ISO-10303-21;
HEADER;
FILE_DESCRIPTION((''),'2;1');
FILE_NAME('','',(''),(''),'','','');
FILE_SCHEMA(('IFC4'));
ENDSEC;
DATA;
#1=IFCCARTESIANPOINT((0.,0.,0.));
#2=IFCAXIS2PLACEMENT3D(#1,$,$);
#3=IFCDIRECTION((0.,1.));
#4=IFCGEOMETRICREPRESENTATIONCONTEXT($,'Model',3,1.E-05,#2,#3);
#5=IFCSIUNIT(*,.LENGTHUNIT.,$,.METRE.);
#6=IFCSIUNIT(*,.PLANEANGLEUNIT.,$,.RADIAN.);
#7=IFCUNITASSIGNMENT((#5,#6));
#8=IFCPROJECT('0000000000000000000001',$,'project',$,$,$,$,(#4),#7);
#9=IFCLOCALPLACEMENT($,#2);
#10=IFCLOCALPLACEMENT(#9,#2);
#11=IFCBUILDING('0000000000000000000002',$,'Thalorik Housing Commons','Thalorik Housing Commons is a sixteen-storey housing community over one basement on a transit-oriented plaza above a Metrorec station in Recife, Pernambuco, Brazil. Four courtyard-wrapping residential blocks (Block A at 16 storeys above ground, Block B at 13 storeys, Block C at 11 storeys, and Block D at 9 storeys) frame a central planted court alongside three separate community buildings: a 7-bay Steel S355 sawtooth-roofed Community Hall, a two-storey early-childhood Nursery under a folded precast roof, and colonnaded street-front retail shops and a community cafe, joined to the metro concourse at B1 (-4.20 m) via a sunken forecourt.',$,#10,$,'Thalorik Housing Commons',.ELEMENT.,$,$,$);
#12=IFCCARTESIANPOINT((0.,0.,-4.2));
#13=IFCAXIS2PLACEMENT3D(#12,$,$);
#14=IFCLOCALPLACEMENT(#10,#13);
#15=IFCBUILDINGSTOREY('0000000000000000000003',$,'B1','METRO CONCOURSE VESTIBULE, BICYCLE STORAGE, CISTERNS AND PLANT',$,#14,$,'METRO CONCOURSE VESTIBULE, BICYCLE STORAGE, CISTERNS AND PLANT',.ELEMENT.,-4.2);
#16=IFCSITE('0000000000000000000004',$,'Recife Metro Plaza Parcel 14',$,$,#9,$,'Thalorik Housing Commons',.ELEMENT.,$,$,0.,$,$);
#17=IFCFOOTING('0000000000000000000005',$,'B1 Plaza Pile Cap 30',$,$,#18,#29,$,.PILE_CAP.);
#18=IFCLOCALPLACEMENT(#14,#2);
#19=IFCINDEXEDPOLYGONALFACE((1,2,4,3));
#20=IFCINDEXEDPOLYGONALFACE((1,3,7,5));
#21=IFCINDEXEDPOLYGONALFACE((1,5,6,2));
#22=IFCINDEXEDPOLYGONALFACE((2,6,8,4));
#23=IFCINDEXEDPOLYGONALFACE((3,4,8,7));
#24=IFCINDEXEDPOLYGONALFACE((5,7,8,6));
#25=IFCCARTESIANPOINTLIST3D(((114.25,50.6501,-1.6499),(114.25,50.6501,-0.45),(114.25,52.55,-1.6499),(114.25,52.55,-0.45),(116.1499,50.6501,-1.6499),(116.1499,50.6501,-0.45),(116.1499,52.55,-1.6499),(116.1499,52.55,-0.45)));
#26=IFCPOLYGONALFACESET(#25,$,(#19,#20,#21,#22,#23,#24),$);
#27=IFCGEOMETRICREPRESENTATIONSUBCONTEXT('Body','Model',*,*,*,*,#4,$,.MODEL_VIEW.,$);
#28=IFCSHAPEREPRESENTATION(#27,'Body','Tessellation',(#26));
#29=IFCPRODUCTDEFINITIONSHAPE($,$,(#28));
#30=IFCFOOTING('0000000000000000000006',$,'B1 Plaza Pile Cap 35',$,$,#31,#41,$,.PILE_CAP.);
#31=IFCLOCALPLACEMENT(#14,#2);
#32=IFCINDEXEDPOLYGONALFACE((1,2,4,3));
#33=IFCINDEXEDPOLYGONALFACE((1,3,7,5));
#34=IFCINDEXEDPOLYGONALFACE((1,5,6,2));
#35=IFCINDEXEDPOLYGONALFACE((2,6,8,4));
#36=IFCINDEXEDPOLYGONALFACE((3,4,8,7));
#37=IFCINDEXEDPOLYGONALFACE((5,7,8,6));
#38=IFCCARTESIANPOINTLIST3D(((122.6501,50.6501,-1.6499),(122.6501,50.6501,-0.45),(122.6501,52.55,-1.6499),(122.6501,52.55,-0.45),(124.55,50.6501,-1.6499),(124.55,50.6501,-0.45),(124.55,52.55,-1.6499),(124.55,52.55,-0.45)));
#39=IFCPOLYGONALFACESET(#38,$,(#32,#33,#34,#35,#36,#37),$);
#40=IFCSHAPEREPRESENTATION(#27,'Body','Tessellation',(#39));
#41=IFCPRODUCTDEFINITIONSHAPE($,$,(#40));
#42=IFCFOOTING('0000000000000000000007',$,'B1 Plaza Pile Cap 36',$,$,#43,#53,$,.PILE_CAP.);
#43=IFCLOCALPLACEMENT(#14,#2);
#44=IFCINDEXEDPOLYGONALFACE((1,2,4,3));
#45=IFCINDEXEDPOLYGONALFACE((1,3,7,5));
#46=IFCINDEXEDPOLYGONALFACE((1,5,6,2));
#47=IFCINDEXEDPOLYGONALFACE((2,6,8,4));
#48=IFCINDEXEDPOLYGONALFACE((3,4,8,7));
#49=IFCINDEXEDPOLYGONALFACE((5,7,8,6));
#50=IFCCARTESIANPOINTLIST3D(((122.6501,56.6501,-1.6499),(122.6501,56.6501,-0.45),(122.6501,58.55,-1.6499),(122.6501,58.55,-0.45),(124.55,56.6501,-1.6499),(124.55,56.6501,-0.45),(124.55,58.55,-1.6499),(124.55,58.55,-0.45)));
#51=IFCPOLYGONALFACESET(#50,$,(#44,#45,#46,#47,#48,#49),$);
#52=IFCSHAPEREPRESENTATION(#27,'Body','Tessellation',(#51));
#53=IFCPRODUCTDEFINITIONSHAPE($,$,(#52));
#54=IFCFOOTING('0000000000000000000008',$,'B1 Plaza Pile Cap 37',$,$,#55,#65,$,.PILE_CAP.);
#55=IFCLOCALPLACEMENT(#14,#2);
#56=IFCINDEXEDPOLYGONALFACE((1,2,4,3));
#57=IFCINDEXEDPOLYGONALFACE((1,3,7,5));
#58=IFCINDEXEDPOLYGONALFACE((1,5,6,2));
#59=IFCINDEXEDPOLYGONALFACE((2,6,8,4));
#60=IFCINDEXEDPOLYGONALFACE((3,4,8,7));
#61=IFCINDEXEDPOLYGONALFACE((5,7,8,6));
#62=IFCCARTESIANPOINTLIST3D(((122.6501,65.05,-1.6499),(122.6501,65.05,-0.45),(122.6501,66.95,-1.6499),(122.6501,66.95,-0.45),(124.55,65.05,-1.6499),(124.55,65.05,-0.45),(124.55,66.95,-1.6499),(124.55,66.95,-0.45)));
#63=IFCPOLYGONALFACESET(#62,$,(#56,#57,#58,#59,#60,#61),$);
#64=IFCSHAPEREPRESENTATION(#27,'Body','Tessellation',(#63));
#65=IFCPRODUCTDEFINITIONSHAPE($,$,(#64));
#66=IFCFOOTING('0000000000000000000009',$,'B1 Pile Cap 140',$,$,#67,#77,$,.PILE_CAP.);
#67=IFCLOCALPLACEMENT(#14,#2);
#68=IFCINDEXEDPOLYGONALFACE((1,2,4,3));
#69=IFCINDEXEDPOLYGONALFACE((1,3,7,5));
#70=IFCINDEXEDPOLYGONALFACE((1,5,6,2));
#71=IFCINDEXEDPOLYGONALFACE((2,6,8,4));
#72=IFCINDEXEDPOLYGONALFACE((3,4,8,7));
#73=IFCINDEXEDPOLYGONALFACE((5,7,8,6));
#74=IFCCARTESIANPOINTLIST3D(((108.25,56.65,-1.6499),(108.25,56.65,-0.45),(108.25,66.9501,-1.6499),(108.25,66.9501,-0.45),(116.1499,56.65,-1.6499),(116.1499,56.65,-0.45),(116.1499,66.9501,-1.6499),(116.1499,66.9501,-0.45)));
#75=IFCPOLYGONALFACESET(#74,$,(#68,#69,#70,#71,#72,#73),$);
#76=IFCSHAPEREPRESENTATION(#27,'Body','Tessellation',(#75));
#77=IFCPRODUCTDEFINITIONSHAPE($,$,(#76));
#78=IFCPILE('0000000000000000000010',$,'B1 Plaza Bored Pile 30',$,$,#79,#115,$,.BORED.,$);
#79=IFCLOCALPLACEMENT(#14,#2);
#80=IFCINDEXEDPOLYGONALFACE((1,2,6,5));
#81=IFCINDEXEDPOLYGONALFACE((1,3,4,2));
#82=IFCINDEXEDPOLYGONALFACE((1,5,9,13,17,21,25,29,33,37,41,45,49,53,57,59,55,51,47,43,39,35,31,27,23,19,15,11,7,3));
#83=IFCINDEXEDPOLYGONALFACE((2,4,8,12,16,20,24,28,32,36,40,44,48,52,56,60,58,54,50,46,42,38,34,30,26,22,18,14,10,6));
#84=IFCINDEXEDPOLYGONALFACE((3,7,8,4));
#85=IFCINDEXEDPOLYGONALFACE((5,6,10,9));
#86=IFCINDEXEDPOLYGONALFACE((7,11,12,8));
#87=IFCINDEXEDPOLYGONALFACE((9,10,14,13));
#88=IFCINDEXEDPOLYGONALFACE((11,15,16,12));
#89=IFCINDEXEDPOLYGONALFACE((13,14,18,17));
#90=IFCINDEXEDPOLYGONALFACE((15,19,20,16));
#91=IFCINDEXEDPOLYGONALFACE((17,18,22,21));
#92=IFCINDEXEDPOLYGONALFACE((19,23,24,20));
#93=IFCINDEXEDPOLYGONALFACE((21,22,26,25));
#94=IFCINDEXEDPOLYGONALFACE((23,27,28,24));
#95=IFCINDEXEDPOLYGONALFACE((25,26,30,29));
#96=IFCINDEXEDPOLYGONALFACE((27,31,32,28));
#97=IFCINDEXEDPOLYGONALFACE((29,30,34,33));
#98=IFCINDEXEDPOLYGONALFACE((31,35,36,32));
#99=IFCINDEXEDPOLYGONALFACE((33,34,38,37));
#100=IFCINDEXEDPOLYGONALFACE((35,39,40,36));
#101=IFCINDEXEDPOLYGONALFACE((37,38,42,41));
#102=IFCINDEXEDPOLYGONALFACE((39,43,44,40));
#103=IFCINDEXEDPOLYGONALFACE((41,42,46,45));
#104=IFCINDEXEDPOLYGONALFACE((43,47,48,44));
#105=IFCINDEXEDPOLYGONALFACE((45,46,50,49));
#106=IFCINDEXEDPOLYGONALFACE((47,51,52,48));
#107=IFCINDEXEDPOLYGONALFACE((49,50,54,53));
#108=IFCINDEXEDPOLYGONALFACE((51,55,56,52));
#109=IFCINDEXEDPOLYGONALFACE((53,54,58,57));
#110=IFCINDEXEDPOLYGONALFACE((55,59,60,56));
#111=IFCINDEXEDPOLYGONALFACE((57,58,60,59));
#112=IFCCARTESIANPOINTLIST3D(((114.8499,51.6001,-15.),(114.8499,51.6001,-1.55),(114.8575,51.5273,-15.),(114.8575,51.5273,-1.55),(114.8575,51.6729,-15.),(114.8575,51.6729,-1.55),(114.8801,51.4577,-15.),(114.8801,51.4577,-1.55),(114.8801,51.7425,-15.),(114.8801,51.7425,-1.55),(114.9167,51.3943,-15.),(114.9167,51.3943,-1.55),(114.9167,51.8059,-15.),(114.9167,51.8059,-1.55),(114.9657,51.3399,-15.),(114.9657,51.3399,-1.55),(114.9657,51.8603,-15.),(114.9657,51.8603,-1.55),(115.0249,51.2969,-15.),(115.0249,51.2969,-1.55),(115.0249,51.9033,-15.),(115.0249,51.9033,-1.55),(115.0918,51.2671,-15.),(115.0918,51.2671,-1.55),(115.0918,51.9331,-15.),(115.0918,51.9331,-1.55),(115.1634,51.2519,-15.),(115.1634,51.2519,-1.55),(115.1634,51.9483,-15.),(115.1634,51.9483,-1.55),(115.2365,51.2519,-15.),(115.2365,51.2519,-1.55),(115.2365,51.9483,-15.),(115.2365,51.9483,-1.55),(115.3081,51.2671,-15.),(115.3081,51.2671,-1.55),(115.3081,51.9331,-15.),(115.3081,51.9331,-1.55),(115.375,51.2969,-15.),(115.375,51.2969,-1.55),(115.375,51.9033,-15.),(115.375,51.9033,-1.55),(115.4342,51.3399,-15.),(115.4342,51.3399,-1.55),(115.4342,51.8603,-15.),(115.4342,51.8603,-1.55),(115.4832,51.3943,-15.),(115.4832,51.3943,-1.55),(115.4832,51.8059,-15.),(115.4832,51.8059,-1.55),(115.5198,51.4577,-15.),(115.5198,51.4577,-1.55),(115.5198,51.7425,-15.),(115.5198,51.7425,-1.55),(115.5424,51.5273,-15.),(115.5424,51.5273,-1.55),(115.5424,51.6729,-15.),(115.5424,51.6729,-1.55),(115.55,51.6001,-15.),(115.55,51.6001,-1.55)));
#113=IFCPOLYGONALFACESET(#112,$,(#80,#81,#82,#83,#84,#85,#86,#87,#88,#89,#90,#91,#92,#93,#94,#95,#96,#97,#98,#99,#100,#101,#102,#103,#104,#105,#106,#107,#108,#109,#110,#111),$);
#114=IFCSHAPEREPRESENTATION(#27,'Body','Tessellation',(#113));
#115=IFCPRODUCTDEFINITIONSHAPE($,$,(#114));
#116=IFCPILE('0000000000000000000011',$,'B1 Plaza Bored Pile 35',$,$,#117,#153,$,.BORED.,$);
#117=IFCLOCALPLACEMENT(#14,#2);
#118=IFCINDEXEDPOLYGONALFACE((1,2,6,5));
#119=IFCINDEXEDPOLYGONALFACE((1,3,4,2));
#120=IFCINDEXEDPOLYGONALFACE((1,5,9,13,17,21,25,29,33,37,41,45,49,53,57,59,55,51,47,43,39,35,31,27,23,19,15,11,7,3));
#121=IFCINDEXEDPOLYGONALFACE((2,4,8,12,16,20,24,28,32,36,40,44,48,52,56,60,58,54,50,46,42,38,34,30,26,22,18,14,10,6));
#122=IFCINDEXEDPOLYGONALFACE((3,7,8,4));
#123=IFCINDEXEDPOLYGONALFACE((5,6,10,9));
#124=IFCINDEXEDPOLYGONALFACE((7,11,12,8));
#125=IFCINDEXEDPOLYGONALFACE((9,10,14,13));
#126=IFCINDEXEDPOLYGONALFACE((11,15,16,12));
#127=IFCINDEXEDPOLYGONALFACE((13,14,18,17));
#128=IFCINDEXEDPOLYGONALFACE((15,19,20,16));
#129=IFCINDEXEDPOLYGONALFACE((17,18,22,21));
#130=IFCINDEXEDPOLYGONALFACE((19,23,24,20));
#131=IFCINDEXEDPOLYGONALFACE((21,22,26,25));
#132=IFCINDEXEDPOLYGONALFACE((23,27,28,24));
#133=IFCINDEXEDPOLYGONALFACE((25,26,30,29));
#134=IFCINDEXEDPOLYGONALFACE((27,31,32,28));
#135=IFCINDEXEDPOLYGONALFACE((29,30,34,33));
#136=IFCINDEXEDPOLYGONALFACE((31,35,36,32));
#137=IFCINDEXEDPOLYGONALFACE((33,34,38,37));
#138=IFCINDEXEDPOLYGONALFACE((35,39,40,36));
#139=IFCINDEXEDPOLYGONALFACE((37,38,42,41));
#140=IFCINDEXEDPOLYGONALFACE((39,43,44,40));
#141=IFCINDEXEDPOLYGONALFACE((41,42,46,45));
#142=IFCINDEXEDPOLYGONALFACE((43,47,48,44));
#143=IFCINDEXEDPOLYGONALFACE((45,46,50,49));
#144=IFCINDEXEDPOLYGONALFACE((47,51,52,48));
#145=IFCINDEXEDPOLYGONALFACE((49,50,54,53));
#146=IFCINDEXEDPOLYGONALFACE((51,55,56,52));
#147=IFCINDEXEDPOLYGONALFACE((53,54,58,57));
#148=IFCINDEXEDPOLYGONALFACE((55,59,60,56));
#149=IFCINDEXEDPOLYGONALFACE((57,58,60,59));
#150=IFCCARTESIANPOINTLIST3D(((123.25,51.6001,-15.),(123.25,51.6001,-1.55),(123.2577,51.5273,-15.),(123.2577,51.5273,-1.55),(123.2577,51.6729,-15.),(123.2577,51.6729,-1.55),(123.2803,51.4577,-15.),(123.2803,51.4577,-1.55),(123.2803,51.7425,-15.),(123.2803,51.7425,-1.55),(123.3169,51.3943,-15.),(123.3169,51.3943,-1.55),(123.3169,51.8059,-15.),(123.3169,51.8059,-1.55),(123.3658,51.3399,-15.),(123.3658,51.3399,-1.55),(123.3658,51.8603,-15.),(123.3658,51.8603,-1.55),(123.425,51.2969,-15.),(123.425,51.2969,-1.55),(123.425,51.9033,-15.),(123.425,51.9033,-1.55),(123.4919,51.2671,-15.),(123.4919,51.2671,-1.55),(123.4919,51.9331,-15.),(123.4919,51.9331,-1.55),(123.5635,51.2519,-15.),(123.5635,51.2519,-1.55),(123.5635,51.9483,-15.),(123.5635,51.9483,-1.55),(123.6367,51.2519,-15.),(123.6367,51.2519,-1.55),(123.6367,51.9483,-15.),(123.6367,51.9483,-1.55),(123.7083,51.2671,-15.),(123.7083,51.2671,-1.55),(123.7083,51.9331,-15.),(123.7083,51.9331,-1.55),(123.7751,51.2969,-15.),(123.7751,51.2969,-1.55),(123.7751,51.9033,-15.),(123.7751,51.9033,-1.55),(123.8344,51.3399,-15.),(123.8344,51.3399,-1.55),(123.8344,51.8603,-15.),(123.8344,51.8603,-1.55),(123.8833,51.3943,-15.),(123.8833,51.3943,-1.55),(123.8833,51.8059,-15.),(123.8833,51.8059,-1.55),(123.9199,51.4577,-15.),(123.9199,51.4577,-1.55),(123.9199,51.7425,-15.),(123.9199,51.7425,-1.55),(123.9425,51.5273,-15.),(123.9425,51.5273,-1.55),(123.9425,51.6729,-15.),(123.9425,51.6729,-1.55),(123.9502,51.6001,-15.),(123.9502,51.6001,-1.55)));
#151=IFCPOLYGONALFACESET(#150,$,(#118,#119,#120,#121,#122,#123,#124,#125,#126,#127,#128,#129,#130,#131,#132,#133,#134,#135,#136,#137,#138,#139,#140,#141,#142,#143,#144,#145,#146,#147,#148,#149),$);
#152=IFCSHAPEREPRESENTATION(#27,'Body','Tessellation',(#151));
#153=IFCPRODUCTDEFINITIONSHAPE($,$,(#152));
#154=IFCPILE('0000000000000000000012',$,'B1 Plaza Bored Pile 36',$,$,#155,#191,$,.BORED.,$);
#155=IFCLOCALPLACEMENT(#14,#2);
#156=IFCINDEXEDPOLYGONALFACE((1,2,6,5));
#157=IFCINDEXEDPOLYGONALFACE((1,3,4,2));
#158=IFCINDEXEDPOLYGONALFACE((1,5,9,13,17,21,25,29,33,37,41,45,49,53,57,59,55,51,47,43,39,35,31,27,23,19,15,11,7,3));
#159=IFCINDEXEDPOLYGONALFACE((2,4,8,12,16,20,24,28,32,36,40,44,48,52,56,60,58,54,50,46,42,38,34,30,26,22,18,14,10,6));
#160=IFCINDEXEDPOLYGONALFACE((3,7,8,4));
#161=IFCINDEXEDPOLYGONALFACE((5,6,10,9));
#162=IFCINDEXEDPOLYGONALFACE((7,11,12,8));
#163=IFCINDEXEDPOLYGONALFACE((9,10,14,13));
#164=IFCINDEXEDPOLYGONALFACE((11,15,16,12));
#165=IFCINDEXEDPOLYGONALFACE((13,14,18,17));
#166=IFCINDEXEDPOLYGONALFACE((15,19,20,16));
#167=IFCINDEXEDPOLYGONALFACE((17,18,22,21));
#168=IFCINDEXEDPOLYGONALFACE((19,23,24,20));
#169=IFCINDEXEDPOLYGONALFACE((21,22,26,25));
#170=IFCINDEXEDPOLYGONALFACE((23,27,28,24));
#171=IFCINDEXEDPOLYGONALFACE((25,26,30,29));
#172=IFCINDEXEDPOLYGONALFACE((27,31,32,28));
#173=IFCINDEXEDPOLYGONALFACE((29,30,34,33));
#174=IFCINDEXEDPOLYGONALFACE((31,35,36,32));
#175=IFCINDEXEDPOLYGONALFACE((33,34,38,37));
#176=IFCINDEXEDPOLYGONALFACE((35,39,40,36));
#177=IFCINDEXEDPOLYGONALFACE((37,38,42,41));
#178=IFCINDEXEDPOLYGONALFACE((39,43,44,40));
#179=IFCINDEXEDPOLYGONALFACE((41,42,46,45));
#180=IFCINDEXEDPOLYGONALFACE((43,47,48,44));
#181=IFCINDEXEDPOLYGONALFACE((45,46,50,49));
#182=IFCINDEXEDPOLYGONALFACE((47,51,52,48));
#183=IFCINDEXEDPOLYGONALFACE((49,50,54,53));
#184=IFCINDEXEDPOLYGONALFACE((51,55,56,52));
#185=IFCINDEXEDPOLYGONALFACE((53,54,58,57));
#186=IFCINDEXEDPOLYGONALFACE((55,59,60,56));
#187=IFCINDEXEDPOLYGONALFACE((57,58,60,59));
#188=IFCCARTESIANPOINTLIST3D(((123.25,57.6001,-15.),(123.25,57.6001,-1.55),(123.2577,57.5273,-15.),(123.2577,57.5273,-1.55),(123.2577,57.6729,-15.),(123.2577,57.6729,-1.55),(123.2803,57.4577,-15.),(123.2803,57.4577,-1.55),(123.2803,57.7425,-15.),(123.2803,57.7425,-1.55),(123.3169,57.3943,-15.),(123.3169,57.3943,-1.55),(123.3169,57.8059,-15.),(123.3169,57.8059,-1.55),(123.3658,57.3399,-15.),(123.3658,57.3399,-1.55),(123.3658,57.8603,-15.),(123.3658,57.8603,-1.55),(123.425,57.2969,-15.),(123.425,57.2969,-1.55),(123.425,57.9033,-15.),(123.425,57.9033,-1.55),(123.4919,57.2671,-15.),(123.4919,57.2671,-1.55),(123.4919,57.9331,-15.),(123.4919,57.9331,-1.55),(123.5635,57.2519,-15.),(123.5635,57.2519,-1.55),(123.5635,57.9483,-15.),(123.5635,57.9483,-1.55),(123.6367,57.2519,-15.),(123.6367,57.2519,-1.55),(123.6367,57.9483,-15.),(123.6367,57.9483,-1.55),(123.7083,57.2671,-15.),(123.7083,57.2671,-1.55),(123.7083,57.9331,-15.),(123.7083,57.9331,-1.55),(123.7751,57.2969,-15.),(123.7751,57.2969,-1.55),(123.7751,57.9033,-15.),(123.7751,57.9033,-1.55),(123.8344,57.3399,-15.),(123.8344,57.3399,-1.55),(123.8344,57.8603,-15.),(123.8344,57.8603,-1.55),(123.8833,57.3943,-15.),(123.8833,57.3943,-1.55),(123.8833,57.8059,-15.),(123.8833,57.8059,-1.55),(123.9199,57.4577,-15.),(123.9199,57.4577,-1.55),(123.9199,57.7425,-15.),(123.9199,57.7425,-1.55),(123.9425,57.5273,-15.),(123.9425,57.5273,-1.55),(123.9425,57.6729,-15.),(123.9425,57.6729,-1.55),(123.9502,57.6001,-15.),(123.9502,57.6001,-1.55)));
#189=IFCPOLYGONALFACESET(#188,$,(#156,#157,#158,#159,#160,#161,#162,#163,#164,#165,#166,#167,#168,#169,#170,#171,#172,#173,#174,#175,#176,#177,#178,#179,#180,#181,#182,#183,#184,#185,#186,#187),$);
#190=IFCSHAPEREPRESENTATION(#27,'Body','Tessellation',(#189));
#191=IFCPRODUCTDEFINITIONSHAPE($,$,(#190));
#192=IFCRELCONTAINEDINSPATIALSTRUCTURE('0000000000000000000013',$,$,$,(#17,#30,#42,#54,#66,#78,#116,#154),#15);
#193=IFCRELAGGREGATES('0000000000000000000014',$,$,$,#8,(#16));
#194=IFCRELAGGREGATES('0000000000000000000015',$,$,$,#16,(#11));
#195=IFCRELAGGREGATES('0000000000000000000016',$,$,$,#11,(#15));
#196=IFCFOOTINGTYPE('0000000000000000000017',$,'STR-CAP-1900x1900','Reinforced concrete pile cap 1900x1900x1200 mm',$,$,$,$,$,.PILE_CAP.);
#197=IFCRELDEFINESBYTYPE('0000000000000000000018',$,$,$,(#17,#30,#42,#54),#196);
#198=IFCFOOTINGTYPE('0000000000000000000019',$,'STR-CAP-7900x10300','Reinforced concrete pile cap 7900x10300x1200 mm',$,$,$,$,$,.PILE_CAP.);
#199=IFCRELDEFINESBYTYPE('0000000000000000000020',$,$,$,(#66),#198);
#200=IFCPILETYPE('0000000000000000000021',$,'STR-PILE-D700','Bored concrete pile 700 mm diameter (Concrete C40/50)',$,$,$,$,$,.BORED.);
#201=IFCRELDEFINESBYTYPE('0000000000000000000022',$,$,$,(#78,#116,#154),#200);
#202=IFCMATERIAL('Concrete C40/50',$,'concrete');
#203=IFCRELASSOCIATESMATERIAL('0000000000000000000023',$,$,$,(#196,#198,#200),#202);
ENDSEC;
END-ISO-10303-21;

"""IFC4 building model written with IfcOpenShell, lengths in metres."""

from ifc_helpers import new_model, si_unit, direction, frame, origin, origin_2d, place, context, subcontext, project, spatial, rectangle, circle, extrude, material, material_profile, profile_set, type_object, element, save


model = new_model("IFC4")

# Units and contexts
model_context = context("Model", 3, precision=1e-05, world=origin(), true_north=direction((0.0, 1.0)))
body_context = subcontext(model_context, "Body", "Model", "MODEL_VIEW")
ifc_project = project(units=[si_unit("LENGTHUNIT", "METRE"), si_unit("PLANEANGLEUNIT", "RADIAN")], contexts=[model_context])

# Site, building, storey
site_placement = place(None, origin())
site = spatial("IfcSite", under=ifc_project, at=site_placement, Name="Recife Metro Plaza Parcel 14", LongName="Thalorik Housing Commons", CompositionType="ELEMENT", RefElevation=0.0)
building_placement = place(site_placement, origin())
building = spatial("IfcBuilding", under=site, at=building_placement, Name="Thalorik Housing Commons", Description="Thalorik Housing Commons is a sixteen-storey housing community over one basement on a transit-oriented plaza above a Metrorec station in Recife, Pernambuco, Brazil. Four courtyard-wrapping residential blocks (Block A at 16 storeys above ground, Block B at 13 storeys, Block C at 11 storeys, and Block D at 9 storeys) frame a central planted court alongside three separate community buildings: a 7-bay Steel S355 sawtooth-roofed Community Hall, a two-storey early-childhood Nursery under a folded precast roof, and colonnaded street-front retail shops and a community cafe, joined to the metro concourse at B1 (-4.20 m) via a sunken forecourt.", LongName="Thalorik Housing Commons", CompositionType="ELEMENT")
storey_placement = place(building_placement, frame((0.0, 0.0, -4.2)))
storey = spatial("IfcBuildingStorey", under=building, at=storey_placement, Name="B1", Description="METRO CONCOURSE VESTIBULE, BICYCLE STORAGE, CISTERNS AND PLANT", LongName="METRO CONCOURSE VESTIBULE, BICYCLE STORAGE, CISTERNS AND PLANT", CompositionType="ELEMENT", Elevation=-4.2)

# Footings
ifc_material_1 = material(Name="Concrete C40/50", Category="concrete")
footing_type_1 = type_object("IfcFootingType", Name="STR-CAP-1900x1900", Description="Reinforced concrete pile cap 1900x1900x1200 mm", PredefinedType="PILE_CAP", material=ifc_material_1)
for number, where, z_axis, x_axis, name in (
    (1, (115.2, 51.6001, -1.6499), (0.0, 0.0, 1.0), (1.0, 0.0, 0.0), "B1 Plaza Pile Cap 30"),
    (2, (123.6001, 51.6001, -1.6499), (0.0, 0.0, 1.0), (1.0, 0.0, 0.0), "B1 Plaza Pile Cap 35"),
    (3, (123.6001, 57.6001, -1.6499), (0.0, 0.0, 1.0), (1.0, 0.0, 0.0), "B1 Plaza Pile Cap 36"),
    (4, (123.6001, 66.0, -1.6499), (0.0, 0.0, 1.0), (1.0, 0.0, 0.0), "B1 Plaza Pile Cap 37"),
):
    element("IfcFooting", number, at=place(storey_placement, frame(where, z_axis=z_axis, x_axis=x_axis)), inside=storey, type_object=footing_type_1, Name=name, PredefinedType="PILE_CAP", context=body_context, shape_type="SweptSolid", body=[
        extrude(rectangle(XDim=1.8999, YDim=1.8999, at=origin_2d()), origin(), (0.0, 0.0, 1.0), 1.2),
    ])
footing_type_2 = type_object("IfcFootingType", Name="STR-CAP-7900x10300", Description="Reinforced concrete pile cap 7900x10300x1200 mm", PredefinedType="PILE_CAP", material=ifc_material_1)
footing_placement = place(storey_placement, frame((112.2, 61.8, -1.6499), z_axis=(0.0, 0.0, 1.0), x_axis=(1.0, 0.0, 0.0)))
element("IfcFooting", 5, at=footing_placement, inside=storey, type_object=footing_type_2, Name="B1 Pile Cap 140", PredefinedType="PILE_CAP", context=body_context, shape_type="SweptSolid", body=[
    extrude(rectangle(XDim=7.8999, YDim=10.3, at=origin_2d()), origin(), (0.0, 0.0, 1.0), 1.2),
])

# Piles
ifc_material_profile_1 = material_profile(ifc_material_1, circle(Radius=0.3501, at=origin_2d()), Name="BORED PILE D700", Category="concrete")
ifc_profile_set_1 = profile_set([ifc_material_profile_1], Name="Concrete C40/50")
pile_type_1 = type_object("IfcPileType", Name="STR-PILE-D700", Description="Bored concrete pile 700 mm diameter (Concrete C40/50)", PredefinedType="BORED", material=ifc_profile_set_1)
for number, where, z_axis, x_axis, name in (
    (6, (115.2, 51.6001, -1.55), (0.0, 0.0, -1.0), (1.0, 0.0, 0.0), "B1 Plaza Bored Pile 30"),
    (7, (123.6001, 51.6001, -1.55), (0.0, 0.0, -1.0), (1.0, 0.0, 0.0), "B1 Plaza Bored Pile 35"),
    (8, (123.6001, 57.6001, -1.55), (0.0, 0.0, -1.0), (1.0, 0.0, 0.0), "B1 Plaza Bored Pile 36"),
):
    element("IfcPile", number, at=place(storey_placement, frame(where, z_axis=z_axis, x_axis=x_axis)), inside=storey, type_object=pile_type_1, Name=name, PredefinedType="BORED", context=body_context, shape_type="SweptSolid", body=[
        extrude(circle(Radius=0.3501, at=origin_2d()), origin(), (0.0, 0.0, 1.0), 13.45),
    ])

save(model, "model.ifc")
